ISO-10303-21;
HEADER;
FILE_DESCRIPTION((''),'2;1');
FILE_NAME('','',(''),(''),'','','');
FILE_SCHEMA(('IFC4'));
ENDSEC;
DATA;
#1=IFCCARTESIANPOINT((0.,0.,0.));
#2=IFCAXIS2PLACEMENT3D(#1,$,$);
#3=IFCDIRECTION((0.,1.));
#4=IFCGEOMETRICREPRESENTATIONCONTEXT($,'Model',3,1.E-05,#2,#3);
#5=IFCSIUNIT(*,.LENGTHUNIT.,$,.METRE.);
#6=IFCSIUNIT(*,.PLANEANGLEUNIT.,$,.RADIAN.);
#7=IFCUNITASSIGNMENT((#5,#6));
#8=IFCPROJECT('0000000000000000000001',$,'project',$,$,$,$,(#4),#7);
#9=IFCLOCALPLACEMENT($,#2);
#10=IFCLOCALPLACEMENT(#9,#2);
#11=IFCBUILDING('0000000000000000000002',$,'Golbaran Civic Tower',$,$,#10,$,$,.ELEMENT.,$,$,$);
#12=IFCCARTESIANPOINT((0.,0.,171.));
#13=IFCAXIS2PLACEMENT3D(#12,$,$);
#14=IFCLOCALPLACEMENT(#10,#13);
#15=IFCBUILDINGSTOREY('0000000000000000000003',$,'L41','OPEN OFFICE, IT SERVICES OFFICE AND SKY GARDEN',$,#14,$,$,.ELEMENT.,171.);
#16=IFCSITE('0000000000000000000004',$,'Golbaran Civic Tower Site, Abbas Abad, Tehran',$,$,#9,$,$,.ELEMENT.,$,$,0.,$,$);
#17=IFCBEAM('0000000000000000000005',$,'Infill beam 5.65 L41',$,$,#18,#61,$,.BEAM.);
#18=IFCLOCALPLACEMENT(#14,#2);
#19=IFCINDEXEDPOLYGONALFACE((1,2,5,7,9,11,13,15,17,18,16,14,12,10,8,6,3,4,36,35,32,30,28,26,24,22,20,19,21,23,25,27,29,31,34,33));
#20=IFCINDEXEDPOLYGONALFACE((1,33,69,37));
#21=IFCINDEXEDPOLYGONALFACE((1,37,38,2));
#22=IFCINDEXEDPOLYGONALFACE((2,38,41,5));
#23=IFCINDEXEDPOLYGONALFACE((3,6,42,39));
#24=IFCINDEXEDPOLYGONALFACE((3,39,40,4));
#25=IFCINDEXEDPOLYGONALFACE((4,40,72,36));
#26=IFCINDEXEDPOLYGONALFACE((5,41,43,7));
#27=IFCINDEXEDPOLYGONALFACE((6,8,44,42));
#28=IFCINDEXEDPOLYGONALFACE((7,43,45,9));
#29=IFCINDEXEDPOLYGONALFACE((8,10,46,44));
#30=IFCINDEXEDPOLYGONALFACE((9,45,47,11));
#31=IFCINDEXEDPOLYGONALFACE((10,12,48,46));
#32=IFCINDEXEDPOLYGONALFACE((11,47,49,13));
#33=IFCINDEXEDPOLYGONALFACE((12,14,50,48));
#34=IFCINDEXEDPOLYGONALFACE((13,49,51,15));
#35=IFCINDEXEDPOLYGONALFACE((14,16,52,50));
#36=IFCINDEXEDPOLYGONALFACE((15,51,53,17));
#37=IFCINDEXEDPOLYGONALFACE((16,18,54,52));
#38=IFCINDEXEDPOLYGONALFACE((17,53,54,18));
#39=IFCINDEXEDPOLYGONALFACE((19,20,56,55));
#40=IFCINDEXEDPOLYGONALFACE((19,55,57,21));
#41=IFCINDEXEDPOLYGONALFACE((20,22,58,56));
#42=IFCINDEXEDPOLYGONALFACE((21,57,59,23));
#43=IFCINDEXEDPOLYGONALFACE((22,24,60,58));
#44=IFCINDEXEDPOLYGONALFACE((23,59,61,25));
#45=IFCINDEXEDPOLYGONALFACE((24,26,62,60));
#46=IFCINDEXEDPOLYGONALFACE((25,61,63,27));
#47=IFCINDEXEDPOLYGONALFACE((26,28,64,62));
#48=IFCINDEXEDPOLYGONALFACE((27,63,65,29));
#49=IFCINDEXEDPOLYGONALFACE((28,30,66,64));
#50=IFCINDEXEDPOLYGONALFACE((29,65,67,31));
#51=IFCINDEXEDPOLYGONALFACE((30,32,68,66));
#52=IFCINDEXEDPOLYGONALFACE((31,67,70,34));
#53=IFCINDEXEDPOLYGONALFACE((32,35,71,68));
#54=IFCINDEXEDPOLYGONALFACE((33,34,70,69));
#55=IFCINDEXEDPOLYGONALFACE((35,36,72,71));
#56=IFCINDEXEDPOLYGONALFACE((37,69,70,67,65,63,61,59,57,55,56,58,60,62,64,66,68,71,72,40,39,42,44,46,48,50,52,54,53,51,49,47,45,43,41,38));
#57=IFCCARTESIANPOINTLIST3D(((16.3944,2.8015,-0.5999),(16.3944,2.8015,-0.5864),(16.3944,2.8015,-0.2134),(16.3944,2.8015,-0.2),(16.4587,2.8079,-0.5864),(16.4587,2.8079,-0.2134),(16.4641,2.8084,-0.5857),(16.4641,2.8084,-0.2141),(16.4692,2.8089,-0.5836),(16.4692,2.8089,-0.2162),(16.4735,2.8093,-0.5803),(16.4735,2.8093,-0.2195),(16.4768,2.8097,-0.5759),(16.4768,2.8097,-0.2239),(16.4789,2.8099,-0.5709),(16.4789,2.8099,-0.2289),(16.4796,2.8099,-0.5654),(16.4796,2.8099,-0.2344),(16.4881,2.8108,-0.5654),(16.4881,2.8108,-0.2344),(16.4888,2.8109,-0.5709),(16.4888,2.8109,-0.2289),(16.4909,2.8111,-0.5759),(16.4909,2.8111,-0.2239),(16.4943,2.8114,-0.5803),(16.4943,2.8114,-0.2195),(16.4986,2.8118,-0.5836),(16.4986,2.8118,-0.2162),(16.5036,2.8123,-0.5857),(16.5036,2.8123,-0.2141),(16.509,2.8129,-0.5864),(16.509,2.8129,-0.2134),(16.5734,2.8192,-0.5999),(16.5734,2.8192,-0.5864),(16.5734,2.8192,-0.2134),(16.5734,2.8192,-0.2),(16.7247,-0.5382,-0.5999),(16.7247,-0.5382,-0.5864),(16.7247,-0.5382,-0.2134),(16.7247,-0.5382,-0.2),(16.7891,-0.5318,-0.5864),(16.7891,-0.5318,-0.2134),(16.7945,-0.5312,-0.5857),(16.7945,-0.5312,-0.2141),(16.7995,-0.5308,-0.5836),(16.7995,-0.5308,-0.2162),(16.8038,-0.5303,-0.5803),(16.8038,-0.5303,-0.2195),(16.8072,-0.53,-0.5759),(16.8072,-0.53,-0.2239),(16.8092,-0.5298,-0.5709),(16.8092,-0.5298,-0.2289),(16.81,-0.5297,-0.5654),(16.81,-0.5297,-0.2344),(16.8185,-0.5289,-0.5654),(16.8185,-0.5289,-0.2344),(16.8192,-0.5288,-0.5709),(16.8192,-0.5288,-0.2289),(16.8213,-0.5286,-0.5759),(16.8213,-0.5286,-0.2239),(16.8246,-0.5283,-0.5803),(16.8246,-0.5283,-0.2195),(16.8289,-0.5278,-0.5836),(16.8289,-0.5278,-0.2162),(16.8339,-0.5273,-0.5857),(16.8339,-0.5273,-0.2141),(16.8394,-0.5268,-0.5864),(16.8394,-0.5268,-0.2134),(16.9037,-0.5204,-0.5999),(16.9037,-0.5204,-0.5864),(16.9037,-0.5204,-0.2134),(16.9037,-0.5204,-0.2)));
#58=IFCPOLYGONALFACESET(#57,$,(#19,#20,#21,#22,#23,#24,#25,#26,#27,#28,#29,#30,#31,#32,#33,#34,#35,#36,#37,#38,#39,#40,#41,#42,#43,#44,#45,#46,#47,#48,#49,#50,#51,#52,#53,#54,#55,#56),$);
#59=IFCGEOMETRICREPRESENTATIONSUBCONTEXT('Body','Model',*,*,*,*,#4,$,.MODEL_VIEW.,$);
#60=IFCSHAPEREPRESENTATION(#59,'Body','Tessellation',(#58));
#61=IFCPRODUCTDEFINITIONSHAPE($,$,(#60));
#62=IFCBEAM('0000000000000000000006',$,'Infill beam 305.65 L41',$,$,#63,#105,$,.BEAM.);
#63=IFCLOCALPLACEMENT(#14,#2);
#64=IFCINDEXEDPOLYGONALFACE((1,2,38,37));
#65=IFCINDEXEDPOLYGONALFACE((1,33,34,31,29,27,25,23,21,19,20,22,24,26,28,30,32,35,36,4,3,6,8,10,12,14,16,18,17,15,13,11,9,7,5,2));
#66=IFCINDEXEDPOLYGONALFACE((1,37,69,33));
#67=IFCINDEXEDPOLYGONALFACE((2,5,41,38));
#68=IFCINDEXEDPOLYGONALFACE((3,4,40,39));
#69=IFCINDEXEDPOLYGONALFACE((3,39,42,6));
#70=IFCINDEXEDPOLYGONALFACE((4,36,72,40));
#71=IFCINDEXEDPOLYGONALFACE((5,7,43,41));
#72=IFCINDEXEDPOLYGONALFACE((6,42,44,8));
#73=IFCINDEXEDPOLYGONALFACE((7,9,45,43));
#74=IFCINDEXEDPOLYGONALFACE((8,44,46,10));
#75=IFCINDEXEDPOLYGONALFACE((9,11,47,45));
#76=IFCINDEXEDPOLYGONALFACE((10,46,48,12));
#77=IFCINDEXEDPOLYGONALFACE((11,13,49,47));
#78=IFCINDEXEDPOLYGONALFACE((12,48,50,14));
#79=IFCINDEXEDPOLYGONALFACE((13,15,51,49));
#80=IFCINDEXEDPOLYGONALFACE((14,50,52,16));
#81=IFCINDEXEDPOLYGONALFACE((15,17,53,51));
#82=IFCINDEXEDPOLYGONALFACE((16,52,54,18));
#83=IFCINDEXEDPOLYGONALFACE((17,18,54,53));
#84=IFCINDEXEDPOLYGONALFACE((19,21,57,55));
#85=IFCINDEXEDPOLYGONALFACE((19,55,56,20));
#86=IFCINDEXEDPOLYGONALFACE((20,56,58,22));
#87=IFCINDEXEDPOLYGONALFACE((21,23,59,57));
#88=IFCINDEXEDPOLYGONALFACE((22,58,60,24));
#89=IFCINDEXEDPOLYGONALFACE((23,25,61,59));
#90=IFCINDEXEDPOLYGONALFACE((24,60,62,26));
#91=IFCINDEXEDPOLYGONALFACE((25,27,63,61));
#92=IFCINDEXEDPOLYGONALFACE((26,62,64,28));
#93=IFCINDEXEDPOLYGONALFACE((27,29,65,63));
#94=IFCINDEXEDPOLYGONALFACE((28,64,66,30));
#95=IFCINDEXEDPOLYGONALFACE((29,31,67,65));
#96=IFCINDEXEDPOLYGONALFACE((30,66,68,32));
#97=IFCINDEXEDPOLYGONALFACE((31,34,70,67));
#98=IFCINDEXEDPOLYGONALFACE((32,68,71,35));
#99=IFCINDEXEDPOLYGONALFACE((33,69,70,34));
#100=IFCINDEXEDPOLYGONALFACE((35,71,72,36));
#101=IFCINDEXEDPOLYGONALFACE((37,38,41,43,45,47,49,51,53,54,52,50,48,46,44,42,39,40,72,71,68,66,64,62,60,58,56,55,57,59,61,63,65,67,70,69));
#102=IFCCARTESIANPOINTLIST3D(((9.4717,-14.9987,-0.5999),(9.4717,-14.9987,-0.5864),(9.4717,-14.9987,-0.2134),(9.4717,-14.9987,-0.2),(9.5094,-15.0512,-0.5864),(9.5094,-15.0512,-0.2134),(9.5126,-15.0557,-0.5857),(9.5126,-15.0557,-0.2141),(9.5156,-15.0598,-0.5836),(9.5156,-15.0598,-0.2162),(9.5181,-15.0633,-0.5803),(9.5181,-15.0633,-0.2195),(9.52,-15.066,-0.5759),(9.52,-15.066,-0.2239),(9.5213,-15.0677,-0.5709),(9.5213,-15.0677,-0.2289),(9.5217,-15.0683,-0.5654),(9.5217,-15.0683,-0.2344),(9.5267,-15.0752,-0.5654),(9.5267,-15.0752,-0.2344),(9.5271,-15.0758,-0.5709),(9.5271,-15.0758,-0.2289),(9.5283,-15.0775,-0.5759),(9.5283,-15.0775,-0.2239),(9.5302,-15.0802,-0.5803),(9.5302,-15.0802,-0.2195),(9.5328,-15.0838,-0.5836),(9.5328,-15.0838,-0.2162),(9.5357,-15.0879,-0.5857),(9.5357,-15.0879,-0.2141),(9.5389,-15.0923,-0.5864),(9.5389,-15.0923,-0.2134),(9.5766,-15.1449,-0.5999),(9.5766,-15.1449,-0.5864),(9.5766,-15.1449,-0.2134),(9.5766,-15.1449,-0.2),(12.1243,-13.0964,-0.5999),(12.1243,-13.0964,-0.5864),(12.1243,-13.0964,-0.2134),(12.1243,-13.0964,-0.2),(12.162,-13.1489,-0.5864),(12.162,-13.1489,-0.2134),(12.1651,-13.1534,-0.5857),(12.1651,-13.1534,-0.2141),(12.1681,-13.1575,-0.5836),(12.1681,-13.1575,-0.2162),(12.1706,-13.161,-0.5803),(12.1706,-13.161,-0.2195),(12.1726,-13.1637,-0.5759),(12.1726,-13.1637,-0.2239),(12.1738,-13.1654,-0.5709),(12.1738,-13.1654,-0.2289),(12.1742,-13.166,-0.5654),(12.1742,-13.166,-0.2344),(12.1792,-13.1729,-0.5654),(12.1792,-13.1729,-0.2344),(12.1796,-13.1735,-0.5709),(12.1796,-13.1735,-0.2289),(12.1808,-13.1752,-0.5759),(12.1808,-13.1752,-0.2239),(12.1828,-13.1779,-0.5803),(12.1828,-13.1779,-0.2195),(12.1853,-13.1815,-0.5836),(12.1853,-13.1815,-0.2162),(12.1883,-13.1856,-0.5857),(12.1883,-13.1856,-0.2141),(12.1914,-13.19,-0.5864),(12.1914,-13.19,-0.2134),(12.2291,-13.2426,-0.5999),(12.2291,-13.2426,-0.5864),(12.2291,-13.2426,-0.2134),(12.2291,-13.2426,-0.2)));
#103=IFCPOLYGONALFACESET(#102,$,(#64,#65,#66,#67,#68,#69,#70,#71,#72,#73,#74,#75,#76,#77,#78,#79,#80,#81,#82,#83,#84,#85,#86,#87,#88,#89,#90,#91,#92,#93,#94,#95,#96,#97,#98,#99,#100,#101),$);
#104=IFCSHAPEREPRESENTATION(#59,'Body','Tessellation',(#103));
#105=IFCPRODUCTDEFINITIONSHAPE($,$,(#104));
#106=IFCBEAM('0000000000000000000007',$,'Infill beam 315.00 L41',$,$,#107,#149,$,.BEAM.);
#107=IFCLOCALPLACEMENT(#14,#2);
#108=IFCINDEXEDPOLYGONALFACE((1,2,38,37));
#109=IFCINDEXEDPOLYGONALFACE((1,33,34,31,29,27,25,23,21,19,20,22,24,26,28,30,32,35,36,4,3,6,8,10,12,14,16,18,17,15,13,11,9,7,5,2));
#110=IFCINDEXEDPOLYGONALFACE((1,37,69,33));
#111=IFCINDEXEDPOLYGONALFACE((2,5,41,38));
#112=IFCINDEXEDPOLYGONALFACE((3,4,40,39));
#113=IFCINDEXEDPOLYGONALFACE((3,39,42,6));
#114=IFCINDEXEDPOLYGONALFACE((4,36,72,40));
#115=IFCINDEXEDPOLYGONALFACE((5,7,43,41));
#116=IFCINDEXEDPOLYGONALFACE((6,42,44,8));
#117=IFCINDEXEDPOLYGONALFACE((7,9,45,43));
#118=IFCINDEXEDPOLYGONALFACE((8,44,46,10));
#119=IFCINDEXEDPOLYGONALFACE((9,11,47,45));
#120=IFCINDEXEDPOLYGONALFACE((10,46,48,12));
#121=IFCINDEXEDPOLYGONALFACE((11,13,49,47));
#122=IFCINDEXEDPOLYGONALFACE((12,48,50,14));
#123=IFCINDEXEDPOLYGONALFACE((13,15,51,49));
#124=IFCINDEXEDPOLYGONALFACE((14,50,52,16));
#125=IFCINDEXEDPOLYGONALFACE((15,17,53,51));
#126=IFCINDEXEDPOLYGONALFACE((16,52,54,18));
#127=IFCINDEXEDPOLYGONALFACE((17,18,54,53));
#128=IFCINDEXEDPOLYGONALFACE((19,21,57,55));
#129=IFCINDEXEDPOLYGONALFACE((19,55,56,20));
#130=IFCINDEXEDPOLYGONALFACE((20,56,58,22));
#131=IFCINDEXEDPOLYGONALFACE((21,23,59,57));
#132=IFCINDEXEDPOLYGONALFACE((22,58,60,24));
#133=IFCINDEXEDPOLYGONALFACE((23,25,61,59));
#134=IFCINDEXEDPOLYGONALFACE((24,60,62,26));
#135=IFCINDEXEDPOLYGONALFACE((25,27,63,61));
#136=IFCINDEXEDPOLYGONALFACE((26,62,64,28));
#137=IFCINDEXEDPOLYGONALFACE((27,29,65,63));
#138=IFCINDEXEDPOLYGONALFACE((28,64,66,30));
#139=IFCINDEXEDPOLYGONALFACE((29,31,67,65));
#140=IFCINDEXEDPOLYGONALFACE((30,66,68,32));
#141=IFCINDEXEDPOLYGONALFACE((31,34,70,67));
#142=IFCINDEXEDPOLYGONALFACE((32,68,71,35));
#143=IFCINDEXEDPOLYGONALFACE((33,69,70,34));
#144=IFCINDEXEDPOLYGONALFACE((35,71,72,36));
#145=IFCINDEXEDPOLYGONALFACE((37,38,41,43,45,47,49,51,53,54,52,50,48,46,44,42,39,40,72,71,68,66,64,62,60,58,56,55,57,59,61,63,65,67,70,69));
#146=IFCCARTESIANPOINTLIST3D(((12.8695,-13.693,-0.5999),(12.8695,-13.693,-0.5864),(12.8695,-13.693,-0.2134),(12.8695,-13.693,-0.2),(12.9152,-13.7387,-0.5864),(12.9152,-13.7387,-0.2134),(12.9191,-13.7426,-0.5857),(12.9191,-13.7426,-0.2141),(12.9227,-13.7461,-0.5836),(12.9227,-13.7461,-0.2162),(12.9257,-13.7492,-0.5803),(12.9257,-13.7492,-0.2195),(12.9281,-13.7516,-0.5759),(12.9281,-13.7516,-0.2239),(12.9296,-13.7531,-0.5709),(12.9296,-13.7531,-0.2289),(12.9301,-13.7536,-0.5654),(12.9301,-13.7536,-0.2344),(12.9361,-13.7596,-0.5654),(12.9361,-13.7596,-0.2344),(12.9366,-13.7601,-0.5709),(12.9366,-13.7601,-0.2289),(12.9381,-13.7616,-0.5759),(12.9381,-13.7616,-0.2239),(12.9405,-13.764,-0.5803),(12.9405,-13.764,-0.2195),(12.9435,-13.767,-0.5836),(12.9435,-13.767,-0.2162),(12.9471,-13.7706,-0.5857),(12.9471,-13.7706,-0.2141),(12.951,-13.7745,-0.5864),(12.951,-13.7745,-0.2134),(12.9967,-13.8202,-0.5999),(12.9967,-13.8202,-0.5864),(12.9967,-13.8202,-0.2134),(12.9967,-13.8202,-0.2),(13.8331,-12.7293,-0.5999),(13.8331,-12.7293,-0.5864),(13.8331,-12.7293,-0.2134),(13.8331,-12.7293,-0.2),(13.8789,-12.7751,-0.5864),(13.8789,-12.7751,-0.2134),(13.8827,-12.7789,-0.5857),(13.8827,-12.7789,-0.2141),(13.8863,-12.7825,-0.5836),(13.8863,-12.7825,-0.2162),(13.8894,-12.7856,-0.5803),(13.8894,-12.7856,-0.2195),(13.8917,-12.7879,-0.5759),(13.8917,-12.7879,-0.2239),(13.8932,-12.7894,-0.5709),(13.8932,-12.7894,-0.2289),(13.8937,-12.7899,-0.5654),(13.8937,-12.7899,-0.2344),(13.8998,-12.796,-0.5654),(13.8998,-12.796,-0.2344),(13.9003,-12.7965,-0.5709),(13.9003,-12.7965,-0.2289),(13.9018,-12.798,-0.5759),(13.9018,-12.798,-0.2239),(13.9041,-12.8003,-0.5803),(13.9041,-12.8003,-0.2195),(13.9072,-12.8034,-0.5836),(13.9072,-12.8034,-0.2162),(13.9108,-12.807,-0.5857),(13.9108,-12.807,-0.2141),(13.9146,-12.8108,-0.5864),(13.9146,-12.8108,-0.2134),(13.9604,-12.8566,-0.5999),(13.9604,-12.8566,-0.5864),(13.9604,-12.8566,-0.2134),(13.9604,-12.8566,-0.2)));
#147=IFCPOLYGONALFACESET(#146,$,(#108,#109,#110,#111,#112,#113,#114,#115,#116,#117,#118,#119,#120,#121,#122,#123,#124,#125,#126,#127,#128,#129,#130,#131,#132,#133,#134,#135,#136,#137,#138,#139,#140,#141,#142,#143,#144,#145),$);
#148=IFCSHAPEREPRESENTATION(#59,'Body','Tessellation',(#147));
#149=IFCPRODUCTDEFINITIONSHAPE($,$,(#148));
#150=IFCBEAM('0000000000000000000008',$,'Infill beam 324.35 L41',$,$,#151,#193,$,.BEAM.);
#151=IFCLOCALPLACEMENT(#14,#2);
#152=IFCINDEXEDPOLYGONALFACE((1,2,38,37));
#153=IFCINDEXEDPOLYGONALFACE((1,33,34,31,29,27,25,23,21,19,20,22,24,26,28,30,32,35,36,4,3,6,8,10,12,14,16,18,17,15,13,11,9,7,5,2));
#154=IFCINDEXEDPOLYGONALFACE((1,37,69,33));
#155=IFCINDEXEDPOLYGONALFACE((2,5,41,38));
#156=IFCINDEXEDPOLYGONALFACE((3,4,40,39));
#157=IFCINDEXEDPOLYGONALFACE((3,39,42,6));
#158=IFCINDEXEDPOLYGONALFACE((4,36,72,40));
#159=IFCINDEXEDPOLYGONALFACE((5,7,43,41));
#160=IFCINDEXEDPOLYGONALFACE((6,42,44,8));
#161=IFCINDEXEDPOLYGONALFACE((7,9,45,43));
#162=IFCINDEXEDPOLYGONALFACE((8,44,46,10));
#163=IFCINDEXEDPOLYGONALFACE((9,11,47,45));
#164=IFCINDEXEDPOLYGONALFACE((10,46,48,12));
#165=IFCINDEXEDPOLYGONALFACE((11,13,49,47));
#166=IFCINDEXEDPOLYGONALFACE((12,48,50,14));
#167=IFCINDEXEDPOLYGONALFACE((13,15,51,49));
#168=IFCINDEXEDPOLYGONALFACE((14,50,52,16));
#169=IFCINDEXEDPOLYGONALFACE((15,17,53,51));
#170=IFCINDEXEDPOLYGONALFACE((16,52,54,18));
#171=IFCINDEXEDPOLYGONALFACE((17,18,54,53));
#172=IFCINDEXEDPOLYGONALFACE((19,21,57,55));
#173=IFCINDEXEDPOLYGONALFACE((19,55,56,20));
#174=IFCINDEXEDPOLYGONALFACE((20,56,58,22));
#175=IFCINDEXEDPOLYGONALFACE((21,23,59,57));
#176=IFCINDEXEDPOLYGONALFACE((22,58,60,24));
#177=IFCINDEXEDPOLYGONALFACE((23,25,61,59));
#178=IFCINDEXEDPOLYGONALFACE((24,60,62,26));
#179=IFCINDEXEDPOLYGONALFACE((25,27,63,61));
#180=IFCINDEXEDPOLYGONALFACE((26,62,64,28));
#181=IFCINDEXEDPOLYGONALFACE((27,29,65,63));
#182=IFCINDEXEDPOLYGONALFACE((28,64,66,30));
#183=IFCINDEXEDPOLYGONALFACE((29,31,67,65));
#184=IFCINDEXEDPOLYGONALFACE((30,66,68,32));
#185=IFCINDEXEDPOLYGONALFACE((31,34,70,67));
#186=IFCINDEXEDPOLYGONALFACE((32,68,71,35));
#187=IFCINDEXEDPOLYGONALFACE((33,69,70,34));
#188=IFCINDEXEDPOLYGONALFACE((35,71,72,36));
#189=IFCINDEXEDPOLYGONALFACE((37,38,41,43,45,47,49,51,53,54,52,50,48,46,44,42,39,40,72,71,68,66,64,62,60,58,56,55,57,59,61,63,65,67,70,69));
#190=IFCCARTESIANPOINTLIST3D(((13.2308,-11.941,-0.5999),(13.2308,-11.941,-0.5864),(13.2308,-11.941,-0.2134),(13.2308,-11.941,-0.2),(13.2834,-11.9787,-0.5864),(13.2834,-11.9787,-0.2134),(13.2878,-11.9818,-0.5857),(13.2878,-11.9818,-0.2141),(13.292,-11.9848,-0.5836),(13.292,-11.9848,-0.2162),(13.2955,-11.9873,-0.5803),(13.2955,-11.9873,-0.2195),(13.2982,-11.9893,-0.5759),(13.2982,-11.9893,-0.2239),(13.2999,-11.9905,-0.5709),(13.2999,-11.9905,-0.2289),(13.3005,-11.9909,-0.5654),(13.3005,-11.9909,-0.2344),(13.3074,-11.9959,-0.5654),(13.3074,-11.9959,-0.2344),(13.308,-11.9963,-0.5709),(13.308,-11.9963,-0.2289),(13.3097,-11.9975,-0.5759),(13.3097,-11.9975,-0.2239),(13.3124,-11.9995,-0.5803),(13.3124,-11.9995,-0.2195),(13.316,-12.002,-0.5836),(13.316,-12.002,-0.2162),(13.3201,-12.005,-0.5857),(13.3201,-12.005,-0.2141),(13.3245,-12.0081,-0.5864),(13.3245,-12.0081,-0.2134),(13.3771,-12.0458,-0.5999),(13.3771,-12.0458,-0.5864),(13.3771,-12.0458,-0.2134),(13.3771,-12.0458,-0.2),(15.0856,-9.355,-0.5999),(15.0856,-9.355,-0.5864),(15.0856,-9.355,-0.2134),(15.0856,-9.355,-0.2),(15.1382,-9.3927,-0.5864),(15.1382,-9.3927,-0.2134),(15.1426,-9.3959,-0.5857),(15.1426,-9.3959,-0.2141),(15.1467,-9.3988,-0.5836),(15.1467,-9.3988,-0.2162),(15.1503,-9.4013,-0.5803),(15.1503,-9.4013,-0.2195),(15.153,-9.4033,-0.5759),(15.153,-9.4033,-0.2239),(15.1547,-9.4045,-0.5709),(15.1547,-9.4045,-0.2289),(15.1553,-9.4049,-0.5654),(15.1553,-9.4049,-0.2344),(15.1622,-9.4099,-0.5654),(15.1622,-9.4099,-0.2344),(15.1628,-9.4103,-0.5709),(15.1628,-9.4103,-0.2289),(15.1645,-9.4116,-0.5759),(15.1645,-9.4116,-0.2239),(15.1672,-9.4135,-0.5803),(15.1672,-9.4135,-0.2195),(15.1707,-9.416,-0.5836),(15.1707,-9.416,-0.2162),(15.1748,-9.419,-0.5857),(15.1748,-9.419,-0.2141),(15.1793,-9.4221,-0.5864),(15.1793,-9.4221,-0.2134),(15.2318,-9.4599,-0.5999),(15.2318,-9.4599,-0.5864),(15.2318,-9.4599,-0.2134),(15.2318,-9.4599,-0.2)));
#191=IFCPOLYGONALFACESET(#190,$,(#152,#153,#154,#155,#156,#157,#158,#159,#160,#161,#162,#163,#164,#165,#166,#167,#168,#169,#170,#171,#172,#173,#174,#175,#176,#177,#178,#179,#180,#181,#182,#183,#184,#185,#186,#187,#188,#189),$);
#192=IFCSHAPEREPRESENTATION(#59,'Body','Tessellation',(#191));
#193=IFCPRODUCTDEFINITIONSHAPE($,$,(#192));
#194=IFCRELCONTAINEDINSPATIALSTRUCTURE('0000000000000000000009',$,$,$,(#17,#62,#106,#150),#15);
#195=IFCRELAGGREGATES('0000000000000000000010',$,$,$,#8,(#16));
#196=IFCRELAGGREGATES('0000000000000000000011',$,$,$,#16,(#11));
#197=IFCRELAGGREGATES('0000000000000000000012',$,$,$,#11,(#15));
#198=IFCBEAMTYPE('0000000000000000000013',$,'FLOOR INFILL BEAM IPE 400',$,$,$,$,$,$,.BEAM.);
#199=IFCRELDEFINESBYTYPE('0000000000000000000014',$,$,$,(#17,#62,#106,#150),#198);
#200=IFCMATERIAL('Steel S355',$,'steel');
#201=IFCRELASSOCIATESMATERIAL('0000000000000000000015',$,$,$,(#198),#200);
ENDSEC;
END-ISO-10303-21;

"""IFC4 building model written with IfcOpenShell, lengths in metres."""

from ifc_helpers import new_model, si_unit, direction, frame, origin, origin_2d, place, context, subcontext, project, spatial, i_section, extrude, material, material_profile, profile_set, type_object, element, save


model = new_model("IFC4")

# Units and contexts
model_context = context("Model", 3, precision=1e-05, world=origin(), true_north=direction((0.0, 1.0)))
body_context = subcontext(model_context, "Body", "Model", "MODEL_VIEW")
ifc_project = project(units=[si_unit("LENGTHUNIT", "METRE"), si_unit("PLANEANGLEUNIT", "RADIAN")], contexts=[model_context])

# Site, building, storey
site_placement = place(None, origin())
site = spatial("IfcSite", under=ifc_project, at=site_placement, Name="Golbaran Civic Tower Site, Abbas Abad, Tehran", CompositionType="ELEMENT", RefElevation=0.0)
building_placement = place(site_placement, origin())
building = spatial("IfcBuilding", under=site, at=building_placement, Name="Golbaran Civic Tower", CompositionType="ELEMENT")
storey_placement = place(building_placement, frame((0.0, 0.0, 171.0)))
storey = spatial("IfcBuildingStorey", under=building, at=storey_placement, Name="L41", Description="OPEN OFFICE, IT SERVICES OFFICE AND SKY GARDEN", CompositionType="ELEMENT", Elevation=171.0)

# Beams
ifc_material_1 = material(Name="Steel S355", Category="steel")
ifc_material_profile_1 = material_profile(ifc_material_1, i_section(OverallWidth=0.1799, OverallDepth=0.3999, WebThickness=0.0085, FlangeThickness=0.0134, FilletRadius=0.021, at=origin_2d()), Name="IPE 400")
ifc_profile_set_1 = profile_set([ifc_material_profile_1], Name="Steel S355")
beam_type_1 = type_object("IfcBeamType", Name="FLOOR INFILL BEAM IPE 400", PredefinedType="BEAM", material=ifc_profile_set_1)
beam_1_placement = place(storey_placement, frame((16.8142, -0.5293, -0.3999), z_axis=(-0.09843, 0.995144, 0.0), x_axis=(-0.995144, -0.09843, 0.0)))
element("IfcBeam", 1, at=beam_1_placement, inside=storey, type_object=beam_type_1, Name="Infill beam 5.65 L41", PredefinedType="BEAM", context=body_context, shape_type="SweptSolid", body=[
    extrude(i_section(OverallWidth=0.1799, OverallDepth=0.3999, WebThickness=0.0085, FlangeThickness=0.0134, FilletRadius=0.021, at=origin_2d()), origin(), (0.0, 0.0, 1.0), 3.356),
])
beam_2_placement = place(storey_placement, frame((9.5242, -15.0718, -0.3999), z_axis=(0.812625, 0.582787, 0.0), x_axis=(-0.582787, 0.812625, 0.0)))
element("IfcBeam", 2, at=beam_2_placement, inside=storey, type_object=beam_type_1, Name="Infill beam 305.65 L41", PredefinedType="BEAM", context=body_context, shape_type="SweptSolid", body=[
    extrude(i_section(OverallWidth=0.1799, OverallDepth=0.3999, WebThickness=0.0085, FlangeThickness=0.0134, FilletRadius=0.021, at=origin_2d()), origin(), (0.0, 0.0, 1.0), 3.2642),
])
beam_3_placement = place(storey_placement, frame((12.9331, -13.7566, -0.3999), z_axis=(0.707107, 0.707107, 0.0), x_axis=(-0.707107, 0.707107, 0.0)))
element("IfcBeam", 3, at=beam_3_placement, inside=storey, type_object=beam_type_1, Name="Infill beam 315.00 L41", PredefinedType="BEAM", context=body_context, shape_type="SweptSolid", body=[
    extrude(i_section(OverallWidth=0.1799, OverallDepth=0.3999, WebThickness=0.0085, FlangeThickness=0.0134, FilletRadius=0.021, at=origin_2d()), origin(), (0.0, 0.0, 1.0), 1.3628),
])
beam_4_placement = place(storey_placement, frame((13.304, -11.9934, -0.3999), z_axis=(0.582826, 0.812597, 0.0), x_axis=(-0.812597, 0.582826, 0.0)))
element("IfcBeam", 4, at=beam_4_placement, inside=storey, type_object=beam_type_1, Name="Infill beam 324.35 L41", PredefinedType="BEAM", context=body_context, shape_type="SweptSolid", body=[
    extrude(i_section(OverallWidth=0.1799, OverallDepth=0.3999, WebThickness=0.0085, FlangeThickness=0.0134, FilletRadius=0.021, at=origin_2d()), origin(), (0.0, 0.0, 1.0), 3.1824),
])

save(model, "model.ifc")
